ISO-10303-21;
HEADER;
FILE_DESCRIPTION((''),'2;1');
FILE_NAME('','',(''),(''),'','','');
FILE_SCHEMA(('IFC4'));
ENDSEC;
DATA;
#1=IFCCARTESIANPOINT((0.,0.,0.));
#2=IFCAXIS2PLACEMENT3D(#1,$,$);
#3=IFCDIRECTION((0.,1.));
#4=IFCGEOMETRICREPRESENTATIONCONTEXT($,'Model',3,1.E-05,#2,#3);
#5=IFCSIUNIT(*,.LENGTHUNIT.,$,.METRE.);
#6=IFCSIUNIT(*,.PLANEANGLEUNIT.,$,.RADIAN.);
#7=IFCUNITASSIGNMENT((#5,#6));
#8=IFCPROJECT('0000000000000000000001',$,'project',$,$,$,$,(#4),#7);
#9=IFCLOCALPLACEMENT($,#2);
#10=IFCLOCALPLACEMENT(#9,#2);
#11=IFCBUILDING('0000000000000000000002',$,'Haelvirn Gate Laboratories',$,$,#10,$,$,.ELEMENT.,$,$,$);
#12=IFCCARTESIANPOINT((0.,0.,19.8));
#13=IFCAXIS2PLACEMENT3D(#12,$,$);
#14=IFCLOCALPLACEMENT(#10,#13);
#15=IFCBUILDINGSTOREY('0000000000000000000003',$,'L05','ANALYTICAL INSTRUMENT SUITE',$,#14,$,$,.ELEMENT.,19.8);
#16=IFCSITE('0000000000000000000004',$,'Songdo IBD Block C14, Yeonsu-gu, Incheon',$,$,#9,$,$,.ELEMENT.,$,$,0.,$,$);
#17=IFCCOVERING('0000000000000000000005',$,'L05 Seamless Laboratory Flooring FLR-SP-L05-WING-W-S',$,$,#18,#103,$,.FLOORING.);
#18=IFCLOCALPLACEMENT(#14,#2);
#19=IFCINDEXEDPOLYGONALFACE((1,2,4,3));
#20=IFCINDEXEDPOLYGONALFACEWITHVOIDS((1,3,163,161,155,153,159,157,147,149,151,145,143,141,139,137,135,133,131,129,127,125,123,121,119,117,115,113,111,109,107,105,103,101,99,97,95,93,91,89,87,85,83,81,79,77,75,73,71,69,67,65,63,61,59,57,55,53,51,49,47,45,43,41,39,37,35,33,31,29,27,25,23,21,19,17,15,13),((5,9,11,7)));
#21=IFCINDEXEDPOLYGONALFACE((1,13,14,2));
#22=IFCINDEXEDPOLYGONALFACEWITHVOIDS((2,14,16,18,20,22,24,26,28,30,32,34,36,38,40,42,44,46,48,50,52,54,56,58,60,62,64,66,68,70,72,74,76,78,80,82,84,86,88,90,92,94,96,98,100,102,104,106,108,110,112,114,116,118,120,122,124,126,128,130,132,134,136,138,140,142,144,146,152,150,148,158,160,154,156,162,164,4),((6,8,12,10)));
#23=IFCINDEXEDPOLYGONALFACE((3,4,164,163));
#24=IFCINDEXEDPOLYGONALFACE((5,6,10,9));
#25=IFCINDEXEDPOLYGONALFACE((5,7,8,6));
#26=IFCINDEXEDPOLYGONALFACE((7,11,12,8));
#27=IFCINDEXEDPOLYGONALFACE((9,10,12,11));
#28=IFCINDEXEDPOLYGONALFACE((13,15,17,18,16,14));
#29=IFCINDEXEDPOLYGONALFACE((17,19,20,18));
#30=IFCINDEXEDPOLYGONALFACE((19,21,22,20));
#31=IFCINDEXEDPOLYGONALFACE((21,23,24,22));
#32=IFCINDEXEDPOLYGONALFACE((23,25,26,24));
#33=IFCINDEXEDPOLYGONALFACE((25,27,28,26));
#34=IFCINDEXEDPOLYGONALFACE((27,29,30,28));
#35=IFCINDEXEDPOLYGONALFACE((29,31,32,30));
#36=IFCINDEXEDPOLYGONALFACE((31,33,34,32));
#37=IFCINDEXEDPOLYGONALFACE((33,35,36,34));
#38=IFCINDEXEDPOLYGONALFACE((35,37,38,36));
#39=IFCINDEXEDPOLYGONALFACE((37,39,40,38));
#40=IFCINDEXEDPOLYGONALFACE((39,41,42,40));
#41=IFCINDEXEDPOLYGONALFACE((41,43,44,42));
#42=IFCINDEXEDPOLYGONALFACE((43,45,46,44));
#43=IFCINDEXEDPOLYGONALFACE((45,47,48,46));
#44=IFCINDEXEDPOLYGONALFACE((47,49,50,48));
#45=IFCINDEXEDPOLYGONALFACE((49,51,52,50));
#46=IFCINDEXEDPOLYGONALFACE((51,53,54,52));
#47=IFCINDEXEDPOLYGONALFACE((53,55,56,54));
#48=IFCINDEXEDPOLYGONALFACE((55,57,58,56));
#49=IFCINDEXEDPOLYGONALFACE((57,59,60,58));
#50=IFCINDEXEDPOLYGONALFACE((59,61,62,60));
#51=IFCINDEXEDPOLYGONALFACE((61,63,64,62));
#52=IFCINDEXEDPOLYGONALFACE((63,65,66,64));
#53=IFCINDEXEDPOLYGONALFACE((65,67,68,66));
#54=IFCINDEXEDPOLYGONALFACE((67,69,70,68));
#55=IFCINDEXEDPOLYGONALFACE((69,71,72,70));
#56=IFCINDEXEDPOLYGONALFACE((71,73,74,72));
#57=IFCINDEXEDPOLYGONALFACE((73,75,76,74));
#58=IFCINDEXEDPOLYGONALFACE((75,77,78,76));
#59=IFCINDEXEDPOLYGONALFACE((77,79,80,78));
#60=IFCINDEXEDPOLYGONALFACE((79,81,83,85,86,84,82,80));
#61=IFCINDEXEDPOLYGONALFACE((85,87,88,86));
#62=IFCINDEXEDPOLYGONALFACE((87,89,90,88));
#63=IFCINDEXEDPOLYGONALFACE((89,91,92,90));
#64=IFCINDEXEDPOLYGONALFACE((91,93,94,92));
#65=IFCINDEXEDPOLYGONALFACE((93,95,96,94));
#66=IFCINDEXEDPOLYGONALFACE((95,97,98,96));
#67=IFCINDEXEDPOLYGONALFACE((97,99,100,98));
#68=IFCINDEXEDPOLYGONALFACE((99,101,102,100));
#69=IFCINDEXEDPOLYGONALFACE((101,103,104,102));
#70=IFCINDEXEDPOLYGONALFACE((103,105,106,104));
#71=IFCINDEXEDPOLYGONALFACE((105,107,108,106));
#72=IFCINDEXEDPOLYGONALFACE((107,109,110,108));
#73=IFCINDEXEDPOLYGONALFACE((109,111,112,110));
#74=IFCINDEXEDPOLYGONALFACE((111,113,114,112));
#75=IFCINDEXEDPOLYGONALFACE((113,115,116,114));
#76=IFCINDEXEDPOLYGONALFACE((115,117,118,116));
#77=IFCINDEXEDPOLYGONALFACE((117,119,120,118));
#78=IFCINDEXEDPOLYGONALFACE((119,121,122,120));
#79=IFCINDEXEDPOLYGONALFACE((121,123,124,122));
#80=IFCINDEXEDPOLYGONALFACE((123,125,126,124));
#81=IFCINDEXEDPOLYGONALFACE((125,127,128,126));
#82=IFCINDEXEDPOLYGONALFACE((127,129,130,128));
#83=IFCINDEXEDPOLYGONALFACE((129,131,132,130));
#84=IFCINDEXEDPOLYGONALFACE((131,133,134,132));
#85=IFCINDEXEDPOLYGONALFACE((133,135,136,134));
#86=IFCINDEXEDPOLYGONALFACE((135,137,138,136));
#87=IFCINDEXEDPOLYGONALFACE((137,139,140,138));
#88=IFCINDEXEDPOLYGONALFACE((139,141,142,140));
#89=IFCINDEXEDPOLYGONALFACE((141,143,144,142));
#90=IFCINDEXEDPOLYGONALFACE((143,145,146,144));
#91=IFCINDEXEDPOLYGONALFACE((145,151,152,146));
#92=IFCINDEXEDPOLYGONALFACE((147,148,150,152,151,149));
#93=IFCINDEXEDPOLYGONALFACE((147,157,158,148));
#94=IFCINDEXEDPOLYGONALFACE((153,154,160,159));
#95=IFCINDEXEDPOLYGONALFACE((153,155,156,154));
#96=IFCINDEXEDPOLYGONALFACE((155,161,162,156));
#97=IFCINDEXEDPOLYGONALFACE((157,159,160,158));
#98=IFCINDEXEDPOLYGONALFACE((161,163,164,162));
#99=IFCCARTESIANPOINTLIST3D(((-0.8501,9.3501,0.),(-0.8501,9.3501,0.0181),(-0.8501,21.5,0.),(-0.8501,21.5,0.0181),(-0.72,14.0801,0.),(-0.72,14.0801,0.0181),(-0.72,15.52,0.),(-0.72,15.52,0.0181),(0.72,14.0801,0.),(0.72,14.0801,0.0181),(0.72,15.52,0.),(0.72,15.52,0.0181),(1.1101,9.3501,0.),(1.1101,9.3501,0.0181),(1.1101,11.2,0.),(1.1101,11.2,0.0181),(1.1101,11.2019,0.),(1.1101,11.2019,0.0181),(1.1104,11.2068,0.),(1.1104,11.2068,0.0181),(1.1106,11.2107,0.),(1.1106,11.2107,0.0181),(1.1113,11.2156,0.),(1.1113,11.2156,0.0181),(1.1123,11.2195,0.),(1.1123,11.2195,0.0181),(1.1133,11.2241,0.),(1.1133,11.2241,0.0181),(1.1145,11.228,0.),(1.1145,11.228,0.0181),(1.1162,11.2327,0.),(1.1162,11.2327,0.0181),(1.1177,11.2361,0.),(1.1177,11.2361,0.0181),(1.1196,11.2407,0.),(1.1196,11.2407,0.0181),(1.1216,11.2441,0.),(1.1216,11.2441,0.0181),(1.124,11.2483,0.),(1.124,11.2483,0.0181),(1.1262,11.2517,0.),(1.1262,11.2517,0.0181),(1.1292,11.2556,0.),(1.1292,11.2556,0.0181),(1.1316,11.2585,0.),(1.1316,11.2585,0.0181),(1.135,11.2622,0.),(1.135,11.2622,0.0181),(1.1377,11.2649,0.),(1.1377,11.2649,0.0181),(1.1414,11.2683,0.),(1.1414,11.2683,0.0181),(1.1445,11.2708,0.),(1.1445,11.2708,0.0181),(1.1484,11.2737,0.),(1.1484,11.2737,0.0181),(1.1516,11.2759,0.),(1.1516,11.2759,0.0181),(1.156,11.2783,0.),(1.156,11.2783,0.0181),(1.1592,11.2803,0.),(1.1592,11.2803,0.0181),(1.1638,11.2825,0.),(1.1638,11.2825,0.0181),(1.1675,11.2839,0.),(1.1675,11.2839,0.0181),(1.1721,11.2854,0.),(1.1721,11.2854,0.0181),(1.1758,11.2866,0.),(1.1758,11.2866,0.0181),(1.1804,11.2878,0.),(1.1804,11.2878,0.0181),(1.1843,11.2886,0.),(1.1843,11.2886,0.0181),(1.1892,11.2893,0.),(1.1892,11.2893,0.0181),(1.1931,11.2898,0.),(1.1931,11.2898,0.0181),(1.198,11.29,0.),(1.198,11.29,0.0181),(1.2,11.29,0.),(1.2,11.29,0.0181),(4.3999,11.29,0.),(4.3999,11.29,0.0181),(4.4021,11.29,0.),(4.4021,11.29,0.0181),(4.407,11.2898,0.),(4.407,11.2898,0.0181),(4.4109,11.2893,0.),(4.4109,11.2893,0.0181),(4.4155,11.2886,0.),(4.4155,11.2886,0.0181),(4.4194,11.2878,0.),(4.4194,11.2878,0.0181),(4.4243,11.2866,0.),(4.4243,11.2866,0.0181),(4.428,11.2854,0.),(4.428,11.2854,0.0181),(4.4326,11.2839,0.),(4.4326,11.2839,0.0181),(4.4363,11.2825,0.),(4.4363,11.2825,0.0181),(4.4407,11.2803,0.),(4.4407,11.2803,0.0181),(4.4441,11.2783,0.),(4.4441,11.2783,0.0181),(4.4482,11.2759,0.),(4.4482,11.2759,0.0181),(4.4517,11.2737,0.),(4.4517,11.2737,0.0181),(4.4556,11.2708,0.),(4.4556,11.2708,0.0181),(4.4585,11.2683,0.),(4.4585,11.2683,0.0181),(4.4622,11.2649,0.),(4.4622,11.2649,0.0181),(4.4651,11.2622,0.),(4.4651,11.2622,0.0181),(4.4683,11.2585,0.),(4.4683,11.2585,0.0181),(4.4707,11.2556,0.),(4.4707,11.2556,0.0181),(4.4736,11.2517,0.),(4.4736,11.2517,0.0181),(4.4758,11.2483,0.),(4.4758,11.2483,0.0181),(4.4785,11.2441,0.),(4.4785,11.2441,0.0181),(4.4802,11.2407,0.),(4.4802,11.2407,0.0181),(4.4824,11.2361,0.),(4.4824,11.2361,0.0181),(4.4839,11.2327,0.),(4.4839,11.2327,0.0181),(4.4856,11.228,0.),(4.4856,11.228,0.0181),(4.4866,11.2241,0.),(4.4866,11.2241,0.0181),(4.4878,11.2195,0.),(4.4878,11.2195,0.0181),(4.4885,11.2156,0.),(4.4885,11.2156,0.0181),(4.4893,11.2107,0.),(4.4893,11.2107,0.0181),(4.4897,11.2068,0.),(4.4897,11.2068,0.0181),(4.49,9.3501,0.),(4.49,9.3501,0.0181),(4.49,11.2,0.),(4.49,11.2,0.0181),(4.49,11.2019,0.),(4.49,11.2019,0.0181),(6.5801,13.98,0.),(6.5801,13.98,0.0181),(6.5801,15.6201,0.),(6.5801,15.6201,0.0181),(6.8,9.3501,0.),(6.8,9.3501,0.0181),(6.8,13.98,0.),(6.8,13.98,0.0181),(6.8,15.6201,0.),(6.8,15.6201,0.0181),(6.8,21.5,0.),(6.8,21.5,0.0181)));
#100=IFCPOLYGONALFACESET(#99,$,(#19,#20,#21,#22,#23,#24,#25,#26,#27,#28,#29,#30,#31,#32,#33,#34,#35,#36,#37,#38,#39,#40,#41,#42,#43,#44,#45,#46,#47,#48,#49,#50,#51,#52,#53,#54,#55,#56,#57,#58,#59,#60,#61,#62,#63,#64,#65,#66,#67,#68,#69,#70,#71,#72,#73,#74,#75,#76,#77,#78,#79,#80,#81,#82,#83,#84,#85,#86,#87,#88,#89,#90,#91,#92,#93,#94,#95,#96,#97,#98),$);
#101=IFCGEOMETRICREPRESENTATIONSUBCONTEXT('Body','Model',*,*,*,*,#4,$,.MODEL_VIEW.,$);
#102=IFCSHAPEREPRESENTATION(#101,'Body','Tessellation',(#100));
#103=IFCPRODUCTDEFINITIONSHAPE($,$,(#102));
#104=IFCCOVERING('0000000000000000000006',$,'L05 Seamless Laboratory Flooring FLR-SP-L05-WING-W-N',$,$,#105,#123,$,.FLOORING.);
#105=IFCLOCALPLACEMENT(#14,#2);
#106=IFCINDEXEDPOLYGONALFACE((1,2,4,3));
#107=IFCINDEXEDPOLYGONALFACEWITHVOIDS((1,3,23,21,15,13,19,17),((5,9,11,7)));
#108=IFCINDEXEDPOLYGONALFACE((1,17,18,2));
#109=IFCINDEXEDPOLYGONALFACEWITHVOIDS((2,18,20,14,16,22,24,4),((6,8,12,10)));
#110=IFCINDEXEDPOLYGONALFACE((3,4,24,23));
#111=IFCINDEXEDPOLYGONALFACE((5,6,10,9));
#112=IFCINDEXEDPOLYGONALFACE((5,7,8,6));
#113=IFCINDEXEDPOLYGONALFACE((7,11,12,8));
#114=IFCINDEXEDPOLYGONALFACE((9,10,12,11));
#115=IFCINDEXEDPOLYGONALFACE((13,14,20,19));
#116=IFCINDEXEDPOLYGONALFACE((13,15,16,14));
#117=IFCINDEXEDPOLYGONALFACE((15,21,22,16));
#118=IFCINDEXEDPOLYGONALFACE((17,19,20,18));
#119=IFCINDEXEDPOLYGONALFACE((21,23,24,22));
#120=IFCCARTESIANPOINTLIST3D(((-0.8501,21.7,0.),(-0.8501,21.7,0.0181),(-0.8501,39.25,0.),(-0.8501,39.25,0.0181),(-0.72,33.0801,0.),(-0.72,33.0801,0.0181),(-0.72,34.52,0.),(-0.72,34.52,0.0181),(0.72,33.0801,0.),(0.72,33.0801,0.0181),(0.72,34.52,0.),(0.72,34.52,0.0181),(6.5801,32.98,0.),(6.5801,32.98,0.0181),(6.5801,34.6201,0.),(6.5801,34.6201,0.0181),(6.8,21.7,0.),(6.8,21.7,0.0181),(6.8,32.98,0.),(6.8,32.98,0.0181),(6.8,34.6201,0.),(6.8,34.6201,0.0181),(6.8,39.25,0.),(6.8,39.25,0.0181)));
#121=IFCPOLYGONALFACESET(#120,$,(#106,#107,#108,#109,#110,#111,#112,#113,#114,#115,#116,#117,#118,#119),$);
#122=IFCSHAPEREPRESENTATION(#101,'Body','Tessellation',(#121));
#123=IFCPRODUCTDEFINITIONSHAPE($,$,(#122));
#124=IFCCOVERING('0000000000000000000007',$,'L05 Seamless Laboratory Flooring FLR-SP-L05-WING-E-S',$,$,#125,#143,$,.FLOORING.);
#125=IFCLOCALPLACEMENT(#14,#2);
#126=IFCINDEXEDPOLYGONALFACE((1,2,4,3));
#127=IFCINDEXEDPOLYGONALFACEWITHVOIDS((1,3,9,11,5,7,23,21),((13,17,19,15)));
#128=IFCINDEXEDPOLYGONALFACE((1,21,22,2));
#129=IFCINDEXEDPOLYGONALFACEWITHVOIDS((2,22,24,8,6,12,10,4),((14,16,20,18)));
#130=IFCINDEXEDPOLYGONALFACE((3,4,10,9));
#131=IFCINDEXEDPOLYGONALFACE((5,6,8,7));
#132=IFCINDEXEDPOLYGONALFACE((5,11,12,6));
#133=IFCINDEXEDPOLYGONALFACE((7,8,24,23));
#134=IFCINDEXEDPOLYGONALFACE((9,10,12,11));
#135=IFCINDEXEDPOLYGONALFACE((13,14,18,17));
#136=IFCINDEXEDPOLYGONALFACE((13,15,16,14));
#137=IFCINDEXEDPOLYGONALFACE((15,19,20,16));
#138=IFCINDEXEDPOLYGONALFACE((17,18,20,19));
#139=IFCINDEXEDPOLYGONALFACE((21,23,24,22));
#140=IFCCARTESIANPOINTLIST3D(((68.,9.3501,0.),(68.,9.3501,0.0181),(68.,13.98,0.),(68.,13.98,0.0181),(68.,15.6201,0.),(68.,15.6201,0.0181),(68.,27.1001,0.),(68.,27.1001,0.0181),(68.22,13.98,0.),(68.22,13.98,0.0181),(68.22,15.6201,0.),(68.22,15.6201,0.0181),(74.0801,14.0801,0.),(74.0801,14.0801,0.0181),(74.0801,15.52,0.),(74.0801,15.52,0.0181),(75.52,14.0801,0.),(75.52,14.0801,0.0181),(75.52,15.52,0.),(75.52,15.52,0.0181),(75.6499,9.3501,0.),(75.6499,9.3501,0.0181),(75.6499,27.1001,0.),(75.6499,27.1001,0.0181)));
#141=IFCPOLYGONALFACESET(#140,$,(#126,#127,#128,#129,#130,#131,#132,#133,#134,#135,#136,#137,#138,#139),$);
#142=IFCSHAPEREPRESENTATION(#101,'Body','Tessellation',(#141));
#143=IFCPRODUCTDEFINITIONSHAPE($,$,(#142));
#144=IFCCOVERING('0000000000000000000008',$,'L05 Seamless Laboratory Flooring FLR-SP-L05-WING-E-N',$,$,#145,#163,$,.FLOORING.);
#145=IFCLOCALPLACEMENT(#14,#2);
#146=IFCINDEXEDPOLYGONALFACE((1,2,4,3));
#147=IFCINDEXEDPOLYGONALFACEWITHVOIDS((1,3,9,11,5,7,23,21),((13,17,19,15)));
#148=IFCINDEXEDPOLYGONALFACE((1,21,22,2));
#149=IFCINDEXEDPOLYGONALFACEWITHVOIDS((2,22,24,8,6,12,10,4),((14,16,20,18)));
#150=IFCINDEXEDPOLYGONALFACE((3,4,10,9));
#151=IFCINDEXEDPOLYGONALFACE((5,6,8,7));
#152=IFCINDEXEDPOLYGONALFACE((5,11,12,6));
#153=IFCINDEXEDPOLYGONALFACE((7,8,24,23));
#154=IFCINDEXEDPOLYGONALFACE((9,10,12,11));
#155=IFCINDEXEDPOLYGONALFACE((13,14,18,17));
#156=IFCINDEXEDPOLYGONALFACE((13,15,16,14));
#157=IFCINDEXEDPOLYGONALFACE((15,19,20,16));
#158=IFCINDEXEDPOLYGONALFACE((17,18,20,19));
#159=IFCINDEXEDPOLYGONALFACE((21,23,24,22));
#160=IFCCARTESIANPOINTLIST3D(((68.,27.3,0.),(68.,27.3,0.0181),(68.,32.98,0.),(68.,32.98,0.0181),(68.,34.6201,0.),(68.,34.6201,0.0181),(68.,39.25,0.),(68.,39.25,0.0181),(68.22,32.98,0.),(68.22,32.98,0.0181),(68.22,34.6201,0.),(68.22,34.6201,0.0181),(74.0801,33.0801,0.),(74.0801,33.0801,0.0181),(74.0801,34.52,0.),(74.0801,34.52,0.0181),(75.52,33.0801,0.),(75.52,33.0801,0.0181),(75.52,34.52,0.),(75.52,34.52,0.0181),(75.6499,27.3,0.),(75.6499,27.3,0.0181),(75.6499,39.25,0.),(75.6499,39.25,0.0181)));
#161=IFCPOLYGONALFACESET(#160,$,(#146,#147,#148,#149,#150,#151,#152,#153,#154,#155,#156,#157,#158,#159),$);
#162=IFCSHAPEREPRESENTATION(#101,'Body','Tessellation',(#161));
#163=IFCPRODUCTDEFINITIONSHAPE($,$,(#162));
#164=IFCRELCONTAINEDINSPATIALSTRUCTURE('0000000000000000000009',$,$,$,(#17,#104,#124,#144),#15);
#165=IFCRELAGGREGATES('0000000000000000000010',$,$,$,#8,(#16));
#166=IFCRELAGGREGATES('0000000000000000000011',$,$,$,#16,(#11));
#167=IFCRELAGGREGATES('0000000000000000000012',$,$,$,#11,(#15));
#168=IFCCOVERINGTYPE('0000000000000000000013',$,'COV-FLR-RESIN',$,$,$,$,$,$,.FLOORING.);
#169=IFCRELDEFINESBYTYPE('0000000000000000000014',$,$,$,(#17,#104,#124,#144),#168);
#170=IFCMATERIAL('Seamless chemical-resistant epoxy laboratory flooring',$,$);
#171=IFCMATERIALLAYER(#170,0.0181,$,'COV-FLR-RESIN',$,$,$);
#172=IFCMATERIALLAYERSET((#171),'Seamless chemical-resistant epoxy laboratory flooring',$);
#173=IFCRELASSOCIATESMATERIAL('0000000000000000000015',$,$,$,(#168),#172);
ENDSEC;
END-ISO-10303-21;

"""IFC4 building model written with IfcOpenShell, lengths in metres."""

from ifc_helpers import new_model, si_unit, direction, frame, origin, place, context, subcontext, project, spatial, polyline, outline, extrude, material, layer, layer_set, type_object, element, save


model = new_model("IFC4")

# Units and contexts
model_context = context("Model", 3, precision=1e-05, world=origin(), true_north=direction((0.0, 1.0)))
body_context = subcontext(model_context, "Body", "Model", "MODEL_VIEW")
ifc_project = project(units=[si_unit("LENGTHUNIT", "METRE"), si_unit("PLANEANGLEUNIT", "RADIAN")], contexts=[model_context])

# Site, building, storey
site_placement = place(None, origin())
site = spatial("IfcSite", under=ifc_project, at=site_placement, Name="Songdo IBD Block C14, Yeonsu-gu, Incheon", CompositionType="ELEMENT", RefElevation=0.0)
building_placement = place(site_placement, origin())
building = spatial("IfcBuilding", under=site, at=building_placement, Name="Haelvirn Gate Laboratories", CompositionType="ELEMENT")
storey_placement = place(building_placement, frame((0.0, 0.0, 19.8)))
storey = spatial("IfcBuildingStorey", under=building, at=storey_placement, Name="L05", Description="ANALYTICAL INSTRUMENT SUITE", CompositionType="ELEMENT", Elevation=19.8)

# Coverings
ifc_material_1 = material(Name="Seamless chemical-resistant epoxy laboratory flooring")
ifc_layer_1 = layer(ifc_material_1, 0.0181, Name="COV-FLR-RESIN")
ifc_layer_set_1 = layer_set([ifc_layer_1], Name="Seamless chemical-resistant epoxy laboratory flooring")
covering_type_1 = type_object("IfcCoveringType", Name="COV-FLR-RESIN", PredefinedType="FLOORING", material=ifc_layer_set_1)
covering_1_placement = place(storey_placement, origin())
element("IfcCovering", 1, at=covering_1_placement, inside=storey, type_object=covering_type_1, Name="L05 Seamless Laboratory Flooring FLR-SP-L05-WING-W-S", PredefinedType="FLOORING", context=body_context, shape_type="SweptSolid", body=[
    extrude(outline(polyline([(6.5801, 15.6201), (6.5801, 13.98), (6.8, 13.98), (6.8, 9.3501), (4.49, 9.3501), (4.49, 11.2), (4.49, 11.2019), (4.4897, 11.2068), (4.4893, 11.2107), (4.4885, 11.2156), (4.4878, 11.2195), (4.4866, 11.2241), (4.4856, 11.228), (4.4839, 11.2327), (4.4824, 11.2361), (4.4802, 11.2407), (4.4785, 11.2441), (4.4758, 11.2483), (4.4736, 11.2517), (4.4707, 11.2556), (4.4683, 11.2585), (4.4651, 11.2622), (4.4622, 11.2649), (4.4585, 11.2683), (4.4556, 11.2708), (4.4517, 11.2737), (4.4482, 11.2759), (4.4441, 11.2783), (4.4407, 11.2803), (4.4363, 11.2825), (4.4326, 11.2839), (4.428, 11.2854), (4.4243, 11.2866), (4.4194, 11.2878), (4.4155, 11.2886), (4.4109, 11.2893), (4.407, 11.2898), (4.4021, 11.29), (4.3999, 11.29), (1.2, 11.29), (1.198, 11.29), (1.1931, 11.2898), (1.1892, 11.2893), (1.1843, 11.2886), (1.1804, 11.2878), (1.1758, 11.2866), (1.1721, 11.2854), (1.1675, 11.2839), (1.1638, 11.2825), (1.1592, 11.2803), (1.156, 11.2783), (1.1516, 11.2759), (1.1484, 11.2737), (1.1445, 11.2708), (1.1414, 11.2683), (1.1377, 11.2649), (1.135, 11.2622), (1.1316, 11.2585), (1.1292, 11.2556), (1.1262, 11.2517), (1.124, 11.2483), (1.1216, 11.2441), (1.1196, 11.2407), (1.1177, 11.2361), (1.1162, 11.2327), (1.1145, 11.228), (1.1133, 11.2241), (1.1123, 11.2195), (1.1113, 11.2156), (1.1106, 11.2107), (1.1104, 11.2068), (1.1101, 11.2019), (1.1101, 11.2), (1.1101, 9.3501), (-0.8501, 9.3501), (-0.8501, 21.5), (6.8, 21.5), (6.8, 15.6201), (6.5801, 15.6201)]), holes=[polyline([(-0.72, 14.0801), (0.72, 14.0801), (0.72, 15.52), (-0.72, 15.52), (-0.72, 14.0801)])]), origin(), (0.0, 0.0, 1.0), 0.0181),
])
covering_2_placement = place(storey_placement, origin())
element("IfcCovering", 2, at=covering_2_placement, inside=storey, type_object=covering_type_1, Name="L05 Seamless Laboratory Flooring FLR-SP-L05-WING-W-N", PredefinedType="FLOORING", context=body_context, shape_type="SweptSolid", body=[
    extrude(outline(polyline([(6.5801, 34.6201), (6.5801, 32.98), (6.8, 32.98), (6.8, 21.7), (-0.8501, 21.7), (-0.8501, 39.25), (6.8, 39.25), (6.8, 34.6201), (6.5801, 34.6201)]), holes=[polyline([(-0.72, 33.0801), (0.72, 33.0801), (0.72, 34.52), (-0.72, 34.52), (-0.72, 33.0801)])]), origin(), (0.0, 0.0, 1.0), 0.0181),
])
covering_3_placement = place(storey_placement, origin())
element("IfcCovering", 3, at=covering_3_placement, inside=storey, type_object=covering_type_1, Name="L05 Seamless Laboratory Flooring FLR-SP-L05-WING-E-S", PredefinedType="FLOORING", context=body_context, shape_type="SweptSolid", body=[
    extrude(outline(polyline([(68.0, 15.6201), (68.0, 27.1001), (75.6499, 27.1001), (75.6499, 9.3501), (68.0, 9.3501), (68.0, 13.98), (68.22, 13.98), (68.22, 15.6201), (68.0, 15.6201)]), holes=[polyline([(74.0801, 14.0801), (75.52, 14.0801), (75.52, 15.52), (74.0801, 15.52), (74.0801, 14.0801)])]), origin(), (0.0, 0.0, 1.0), 0.0181),
])
covering_4_placement = place(storey_placement, origin())
element("IfcCovering", 4, at=covering_4_placement, inside=storey, type_object=covering_type_1, Name="L05 Seamless Laboratory Flooring FLR-SP-L05-WING-E-N", PredefinedType="FLOORING", context=body_context, shape_type="SweptSolid", body=[
    extrude(outline(polyline([(68.0, 34.6201), (68.0, 39.25), (75.6499, 39.25), (75.6499, 27.3), (68.0, 27.3), (68.0, 32.98), (68.22, 32.98), (68.22, 34.6201), (68.0, 34.6201)]), holes=[polyline([(74.0801, 33.0801), (75.52, 33.0801), (75.52, 34.52), (74.0801, 34.52), (74.0801, 33.0801)])]), origin(), (0.0, 0.0, 1.0), 0.0181),
])

save(model, "model.ifc")
